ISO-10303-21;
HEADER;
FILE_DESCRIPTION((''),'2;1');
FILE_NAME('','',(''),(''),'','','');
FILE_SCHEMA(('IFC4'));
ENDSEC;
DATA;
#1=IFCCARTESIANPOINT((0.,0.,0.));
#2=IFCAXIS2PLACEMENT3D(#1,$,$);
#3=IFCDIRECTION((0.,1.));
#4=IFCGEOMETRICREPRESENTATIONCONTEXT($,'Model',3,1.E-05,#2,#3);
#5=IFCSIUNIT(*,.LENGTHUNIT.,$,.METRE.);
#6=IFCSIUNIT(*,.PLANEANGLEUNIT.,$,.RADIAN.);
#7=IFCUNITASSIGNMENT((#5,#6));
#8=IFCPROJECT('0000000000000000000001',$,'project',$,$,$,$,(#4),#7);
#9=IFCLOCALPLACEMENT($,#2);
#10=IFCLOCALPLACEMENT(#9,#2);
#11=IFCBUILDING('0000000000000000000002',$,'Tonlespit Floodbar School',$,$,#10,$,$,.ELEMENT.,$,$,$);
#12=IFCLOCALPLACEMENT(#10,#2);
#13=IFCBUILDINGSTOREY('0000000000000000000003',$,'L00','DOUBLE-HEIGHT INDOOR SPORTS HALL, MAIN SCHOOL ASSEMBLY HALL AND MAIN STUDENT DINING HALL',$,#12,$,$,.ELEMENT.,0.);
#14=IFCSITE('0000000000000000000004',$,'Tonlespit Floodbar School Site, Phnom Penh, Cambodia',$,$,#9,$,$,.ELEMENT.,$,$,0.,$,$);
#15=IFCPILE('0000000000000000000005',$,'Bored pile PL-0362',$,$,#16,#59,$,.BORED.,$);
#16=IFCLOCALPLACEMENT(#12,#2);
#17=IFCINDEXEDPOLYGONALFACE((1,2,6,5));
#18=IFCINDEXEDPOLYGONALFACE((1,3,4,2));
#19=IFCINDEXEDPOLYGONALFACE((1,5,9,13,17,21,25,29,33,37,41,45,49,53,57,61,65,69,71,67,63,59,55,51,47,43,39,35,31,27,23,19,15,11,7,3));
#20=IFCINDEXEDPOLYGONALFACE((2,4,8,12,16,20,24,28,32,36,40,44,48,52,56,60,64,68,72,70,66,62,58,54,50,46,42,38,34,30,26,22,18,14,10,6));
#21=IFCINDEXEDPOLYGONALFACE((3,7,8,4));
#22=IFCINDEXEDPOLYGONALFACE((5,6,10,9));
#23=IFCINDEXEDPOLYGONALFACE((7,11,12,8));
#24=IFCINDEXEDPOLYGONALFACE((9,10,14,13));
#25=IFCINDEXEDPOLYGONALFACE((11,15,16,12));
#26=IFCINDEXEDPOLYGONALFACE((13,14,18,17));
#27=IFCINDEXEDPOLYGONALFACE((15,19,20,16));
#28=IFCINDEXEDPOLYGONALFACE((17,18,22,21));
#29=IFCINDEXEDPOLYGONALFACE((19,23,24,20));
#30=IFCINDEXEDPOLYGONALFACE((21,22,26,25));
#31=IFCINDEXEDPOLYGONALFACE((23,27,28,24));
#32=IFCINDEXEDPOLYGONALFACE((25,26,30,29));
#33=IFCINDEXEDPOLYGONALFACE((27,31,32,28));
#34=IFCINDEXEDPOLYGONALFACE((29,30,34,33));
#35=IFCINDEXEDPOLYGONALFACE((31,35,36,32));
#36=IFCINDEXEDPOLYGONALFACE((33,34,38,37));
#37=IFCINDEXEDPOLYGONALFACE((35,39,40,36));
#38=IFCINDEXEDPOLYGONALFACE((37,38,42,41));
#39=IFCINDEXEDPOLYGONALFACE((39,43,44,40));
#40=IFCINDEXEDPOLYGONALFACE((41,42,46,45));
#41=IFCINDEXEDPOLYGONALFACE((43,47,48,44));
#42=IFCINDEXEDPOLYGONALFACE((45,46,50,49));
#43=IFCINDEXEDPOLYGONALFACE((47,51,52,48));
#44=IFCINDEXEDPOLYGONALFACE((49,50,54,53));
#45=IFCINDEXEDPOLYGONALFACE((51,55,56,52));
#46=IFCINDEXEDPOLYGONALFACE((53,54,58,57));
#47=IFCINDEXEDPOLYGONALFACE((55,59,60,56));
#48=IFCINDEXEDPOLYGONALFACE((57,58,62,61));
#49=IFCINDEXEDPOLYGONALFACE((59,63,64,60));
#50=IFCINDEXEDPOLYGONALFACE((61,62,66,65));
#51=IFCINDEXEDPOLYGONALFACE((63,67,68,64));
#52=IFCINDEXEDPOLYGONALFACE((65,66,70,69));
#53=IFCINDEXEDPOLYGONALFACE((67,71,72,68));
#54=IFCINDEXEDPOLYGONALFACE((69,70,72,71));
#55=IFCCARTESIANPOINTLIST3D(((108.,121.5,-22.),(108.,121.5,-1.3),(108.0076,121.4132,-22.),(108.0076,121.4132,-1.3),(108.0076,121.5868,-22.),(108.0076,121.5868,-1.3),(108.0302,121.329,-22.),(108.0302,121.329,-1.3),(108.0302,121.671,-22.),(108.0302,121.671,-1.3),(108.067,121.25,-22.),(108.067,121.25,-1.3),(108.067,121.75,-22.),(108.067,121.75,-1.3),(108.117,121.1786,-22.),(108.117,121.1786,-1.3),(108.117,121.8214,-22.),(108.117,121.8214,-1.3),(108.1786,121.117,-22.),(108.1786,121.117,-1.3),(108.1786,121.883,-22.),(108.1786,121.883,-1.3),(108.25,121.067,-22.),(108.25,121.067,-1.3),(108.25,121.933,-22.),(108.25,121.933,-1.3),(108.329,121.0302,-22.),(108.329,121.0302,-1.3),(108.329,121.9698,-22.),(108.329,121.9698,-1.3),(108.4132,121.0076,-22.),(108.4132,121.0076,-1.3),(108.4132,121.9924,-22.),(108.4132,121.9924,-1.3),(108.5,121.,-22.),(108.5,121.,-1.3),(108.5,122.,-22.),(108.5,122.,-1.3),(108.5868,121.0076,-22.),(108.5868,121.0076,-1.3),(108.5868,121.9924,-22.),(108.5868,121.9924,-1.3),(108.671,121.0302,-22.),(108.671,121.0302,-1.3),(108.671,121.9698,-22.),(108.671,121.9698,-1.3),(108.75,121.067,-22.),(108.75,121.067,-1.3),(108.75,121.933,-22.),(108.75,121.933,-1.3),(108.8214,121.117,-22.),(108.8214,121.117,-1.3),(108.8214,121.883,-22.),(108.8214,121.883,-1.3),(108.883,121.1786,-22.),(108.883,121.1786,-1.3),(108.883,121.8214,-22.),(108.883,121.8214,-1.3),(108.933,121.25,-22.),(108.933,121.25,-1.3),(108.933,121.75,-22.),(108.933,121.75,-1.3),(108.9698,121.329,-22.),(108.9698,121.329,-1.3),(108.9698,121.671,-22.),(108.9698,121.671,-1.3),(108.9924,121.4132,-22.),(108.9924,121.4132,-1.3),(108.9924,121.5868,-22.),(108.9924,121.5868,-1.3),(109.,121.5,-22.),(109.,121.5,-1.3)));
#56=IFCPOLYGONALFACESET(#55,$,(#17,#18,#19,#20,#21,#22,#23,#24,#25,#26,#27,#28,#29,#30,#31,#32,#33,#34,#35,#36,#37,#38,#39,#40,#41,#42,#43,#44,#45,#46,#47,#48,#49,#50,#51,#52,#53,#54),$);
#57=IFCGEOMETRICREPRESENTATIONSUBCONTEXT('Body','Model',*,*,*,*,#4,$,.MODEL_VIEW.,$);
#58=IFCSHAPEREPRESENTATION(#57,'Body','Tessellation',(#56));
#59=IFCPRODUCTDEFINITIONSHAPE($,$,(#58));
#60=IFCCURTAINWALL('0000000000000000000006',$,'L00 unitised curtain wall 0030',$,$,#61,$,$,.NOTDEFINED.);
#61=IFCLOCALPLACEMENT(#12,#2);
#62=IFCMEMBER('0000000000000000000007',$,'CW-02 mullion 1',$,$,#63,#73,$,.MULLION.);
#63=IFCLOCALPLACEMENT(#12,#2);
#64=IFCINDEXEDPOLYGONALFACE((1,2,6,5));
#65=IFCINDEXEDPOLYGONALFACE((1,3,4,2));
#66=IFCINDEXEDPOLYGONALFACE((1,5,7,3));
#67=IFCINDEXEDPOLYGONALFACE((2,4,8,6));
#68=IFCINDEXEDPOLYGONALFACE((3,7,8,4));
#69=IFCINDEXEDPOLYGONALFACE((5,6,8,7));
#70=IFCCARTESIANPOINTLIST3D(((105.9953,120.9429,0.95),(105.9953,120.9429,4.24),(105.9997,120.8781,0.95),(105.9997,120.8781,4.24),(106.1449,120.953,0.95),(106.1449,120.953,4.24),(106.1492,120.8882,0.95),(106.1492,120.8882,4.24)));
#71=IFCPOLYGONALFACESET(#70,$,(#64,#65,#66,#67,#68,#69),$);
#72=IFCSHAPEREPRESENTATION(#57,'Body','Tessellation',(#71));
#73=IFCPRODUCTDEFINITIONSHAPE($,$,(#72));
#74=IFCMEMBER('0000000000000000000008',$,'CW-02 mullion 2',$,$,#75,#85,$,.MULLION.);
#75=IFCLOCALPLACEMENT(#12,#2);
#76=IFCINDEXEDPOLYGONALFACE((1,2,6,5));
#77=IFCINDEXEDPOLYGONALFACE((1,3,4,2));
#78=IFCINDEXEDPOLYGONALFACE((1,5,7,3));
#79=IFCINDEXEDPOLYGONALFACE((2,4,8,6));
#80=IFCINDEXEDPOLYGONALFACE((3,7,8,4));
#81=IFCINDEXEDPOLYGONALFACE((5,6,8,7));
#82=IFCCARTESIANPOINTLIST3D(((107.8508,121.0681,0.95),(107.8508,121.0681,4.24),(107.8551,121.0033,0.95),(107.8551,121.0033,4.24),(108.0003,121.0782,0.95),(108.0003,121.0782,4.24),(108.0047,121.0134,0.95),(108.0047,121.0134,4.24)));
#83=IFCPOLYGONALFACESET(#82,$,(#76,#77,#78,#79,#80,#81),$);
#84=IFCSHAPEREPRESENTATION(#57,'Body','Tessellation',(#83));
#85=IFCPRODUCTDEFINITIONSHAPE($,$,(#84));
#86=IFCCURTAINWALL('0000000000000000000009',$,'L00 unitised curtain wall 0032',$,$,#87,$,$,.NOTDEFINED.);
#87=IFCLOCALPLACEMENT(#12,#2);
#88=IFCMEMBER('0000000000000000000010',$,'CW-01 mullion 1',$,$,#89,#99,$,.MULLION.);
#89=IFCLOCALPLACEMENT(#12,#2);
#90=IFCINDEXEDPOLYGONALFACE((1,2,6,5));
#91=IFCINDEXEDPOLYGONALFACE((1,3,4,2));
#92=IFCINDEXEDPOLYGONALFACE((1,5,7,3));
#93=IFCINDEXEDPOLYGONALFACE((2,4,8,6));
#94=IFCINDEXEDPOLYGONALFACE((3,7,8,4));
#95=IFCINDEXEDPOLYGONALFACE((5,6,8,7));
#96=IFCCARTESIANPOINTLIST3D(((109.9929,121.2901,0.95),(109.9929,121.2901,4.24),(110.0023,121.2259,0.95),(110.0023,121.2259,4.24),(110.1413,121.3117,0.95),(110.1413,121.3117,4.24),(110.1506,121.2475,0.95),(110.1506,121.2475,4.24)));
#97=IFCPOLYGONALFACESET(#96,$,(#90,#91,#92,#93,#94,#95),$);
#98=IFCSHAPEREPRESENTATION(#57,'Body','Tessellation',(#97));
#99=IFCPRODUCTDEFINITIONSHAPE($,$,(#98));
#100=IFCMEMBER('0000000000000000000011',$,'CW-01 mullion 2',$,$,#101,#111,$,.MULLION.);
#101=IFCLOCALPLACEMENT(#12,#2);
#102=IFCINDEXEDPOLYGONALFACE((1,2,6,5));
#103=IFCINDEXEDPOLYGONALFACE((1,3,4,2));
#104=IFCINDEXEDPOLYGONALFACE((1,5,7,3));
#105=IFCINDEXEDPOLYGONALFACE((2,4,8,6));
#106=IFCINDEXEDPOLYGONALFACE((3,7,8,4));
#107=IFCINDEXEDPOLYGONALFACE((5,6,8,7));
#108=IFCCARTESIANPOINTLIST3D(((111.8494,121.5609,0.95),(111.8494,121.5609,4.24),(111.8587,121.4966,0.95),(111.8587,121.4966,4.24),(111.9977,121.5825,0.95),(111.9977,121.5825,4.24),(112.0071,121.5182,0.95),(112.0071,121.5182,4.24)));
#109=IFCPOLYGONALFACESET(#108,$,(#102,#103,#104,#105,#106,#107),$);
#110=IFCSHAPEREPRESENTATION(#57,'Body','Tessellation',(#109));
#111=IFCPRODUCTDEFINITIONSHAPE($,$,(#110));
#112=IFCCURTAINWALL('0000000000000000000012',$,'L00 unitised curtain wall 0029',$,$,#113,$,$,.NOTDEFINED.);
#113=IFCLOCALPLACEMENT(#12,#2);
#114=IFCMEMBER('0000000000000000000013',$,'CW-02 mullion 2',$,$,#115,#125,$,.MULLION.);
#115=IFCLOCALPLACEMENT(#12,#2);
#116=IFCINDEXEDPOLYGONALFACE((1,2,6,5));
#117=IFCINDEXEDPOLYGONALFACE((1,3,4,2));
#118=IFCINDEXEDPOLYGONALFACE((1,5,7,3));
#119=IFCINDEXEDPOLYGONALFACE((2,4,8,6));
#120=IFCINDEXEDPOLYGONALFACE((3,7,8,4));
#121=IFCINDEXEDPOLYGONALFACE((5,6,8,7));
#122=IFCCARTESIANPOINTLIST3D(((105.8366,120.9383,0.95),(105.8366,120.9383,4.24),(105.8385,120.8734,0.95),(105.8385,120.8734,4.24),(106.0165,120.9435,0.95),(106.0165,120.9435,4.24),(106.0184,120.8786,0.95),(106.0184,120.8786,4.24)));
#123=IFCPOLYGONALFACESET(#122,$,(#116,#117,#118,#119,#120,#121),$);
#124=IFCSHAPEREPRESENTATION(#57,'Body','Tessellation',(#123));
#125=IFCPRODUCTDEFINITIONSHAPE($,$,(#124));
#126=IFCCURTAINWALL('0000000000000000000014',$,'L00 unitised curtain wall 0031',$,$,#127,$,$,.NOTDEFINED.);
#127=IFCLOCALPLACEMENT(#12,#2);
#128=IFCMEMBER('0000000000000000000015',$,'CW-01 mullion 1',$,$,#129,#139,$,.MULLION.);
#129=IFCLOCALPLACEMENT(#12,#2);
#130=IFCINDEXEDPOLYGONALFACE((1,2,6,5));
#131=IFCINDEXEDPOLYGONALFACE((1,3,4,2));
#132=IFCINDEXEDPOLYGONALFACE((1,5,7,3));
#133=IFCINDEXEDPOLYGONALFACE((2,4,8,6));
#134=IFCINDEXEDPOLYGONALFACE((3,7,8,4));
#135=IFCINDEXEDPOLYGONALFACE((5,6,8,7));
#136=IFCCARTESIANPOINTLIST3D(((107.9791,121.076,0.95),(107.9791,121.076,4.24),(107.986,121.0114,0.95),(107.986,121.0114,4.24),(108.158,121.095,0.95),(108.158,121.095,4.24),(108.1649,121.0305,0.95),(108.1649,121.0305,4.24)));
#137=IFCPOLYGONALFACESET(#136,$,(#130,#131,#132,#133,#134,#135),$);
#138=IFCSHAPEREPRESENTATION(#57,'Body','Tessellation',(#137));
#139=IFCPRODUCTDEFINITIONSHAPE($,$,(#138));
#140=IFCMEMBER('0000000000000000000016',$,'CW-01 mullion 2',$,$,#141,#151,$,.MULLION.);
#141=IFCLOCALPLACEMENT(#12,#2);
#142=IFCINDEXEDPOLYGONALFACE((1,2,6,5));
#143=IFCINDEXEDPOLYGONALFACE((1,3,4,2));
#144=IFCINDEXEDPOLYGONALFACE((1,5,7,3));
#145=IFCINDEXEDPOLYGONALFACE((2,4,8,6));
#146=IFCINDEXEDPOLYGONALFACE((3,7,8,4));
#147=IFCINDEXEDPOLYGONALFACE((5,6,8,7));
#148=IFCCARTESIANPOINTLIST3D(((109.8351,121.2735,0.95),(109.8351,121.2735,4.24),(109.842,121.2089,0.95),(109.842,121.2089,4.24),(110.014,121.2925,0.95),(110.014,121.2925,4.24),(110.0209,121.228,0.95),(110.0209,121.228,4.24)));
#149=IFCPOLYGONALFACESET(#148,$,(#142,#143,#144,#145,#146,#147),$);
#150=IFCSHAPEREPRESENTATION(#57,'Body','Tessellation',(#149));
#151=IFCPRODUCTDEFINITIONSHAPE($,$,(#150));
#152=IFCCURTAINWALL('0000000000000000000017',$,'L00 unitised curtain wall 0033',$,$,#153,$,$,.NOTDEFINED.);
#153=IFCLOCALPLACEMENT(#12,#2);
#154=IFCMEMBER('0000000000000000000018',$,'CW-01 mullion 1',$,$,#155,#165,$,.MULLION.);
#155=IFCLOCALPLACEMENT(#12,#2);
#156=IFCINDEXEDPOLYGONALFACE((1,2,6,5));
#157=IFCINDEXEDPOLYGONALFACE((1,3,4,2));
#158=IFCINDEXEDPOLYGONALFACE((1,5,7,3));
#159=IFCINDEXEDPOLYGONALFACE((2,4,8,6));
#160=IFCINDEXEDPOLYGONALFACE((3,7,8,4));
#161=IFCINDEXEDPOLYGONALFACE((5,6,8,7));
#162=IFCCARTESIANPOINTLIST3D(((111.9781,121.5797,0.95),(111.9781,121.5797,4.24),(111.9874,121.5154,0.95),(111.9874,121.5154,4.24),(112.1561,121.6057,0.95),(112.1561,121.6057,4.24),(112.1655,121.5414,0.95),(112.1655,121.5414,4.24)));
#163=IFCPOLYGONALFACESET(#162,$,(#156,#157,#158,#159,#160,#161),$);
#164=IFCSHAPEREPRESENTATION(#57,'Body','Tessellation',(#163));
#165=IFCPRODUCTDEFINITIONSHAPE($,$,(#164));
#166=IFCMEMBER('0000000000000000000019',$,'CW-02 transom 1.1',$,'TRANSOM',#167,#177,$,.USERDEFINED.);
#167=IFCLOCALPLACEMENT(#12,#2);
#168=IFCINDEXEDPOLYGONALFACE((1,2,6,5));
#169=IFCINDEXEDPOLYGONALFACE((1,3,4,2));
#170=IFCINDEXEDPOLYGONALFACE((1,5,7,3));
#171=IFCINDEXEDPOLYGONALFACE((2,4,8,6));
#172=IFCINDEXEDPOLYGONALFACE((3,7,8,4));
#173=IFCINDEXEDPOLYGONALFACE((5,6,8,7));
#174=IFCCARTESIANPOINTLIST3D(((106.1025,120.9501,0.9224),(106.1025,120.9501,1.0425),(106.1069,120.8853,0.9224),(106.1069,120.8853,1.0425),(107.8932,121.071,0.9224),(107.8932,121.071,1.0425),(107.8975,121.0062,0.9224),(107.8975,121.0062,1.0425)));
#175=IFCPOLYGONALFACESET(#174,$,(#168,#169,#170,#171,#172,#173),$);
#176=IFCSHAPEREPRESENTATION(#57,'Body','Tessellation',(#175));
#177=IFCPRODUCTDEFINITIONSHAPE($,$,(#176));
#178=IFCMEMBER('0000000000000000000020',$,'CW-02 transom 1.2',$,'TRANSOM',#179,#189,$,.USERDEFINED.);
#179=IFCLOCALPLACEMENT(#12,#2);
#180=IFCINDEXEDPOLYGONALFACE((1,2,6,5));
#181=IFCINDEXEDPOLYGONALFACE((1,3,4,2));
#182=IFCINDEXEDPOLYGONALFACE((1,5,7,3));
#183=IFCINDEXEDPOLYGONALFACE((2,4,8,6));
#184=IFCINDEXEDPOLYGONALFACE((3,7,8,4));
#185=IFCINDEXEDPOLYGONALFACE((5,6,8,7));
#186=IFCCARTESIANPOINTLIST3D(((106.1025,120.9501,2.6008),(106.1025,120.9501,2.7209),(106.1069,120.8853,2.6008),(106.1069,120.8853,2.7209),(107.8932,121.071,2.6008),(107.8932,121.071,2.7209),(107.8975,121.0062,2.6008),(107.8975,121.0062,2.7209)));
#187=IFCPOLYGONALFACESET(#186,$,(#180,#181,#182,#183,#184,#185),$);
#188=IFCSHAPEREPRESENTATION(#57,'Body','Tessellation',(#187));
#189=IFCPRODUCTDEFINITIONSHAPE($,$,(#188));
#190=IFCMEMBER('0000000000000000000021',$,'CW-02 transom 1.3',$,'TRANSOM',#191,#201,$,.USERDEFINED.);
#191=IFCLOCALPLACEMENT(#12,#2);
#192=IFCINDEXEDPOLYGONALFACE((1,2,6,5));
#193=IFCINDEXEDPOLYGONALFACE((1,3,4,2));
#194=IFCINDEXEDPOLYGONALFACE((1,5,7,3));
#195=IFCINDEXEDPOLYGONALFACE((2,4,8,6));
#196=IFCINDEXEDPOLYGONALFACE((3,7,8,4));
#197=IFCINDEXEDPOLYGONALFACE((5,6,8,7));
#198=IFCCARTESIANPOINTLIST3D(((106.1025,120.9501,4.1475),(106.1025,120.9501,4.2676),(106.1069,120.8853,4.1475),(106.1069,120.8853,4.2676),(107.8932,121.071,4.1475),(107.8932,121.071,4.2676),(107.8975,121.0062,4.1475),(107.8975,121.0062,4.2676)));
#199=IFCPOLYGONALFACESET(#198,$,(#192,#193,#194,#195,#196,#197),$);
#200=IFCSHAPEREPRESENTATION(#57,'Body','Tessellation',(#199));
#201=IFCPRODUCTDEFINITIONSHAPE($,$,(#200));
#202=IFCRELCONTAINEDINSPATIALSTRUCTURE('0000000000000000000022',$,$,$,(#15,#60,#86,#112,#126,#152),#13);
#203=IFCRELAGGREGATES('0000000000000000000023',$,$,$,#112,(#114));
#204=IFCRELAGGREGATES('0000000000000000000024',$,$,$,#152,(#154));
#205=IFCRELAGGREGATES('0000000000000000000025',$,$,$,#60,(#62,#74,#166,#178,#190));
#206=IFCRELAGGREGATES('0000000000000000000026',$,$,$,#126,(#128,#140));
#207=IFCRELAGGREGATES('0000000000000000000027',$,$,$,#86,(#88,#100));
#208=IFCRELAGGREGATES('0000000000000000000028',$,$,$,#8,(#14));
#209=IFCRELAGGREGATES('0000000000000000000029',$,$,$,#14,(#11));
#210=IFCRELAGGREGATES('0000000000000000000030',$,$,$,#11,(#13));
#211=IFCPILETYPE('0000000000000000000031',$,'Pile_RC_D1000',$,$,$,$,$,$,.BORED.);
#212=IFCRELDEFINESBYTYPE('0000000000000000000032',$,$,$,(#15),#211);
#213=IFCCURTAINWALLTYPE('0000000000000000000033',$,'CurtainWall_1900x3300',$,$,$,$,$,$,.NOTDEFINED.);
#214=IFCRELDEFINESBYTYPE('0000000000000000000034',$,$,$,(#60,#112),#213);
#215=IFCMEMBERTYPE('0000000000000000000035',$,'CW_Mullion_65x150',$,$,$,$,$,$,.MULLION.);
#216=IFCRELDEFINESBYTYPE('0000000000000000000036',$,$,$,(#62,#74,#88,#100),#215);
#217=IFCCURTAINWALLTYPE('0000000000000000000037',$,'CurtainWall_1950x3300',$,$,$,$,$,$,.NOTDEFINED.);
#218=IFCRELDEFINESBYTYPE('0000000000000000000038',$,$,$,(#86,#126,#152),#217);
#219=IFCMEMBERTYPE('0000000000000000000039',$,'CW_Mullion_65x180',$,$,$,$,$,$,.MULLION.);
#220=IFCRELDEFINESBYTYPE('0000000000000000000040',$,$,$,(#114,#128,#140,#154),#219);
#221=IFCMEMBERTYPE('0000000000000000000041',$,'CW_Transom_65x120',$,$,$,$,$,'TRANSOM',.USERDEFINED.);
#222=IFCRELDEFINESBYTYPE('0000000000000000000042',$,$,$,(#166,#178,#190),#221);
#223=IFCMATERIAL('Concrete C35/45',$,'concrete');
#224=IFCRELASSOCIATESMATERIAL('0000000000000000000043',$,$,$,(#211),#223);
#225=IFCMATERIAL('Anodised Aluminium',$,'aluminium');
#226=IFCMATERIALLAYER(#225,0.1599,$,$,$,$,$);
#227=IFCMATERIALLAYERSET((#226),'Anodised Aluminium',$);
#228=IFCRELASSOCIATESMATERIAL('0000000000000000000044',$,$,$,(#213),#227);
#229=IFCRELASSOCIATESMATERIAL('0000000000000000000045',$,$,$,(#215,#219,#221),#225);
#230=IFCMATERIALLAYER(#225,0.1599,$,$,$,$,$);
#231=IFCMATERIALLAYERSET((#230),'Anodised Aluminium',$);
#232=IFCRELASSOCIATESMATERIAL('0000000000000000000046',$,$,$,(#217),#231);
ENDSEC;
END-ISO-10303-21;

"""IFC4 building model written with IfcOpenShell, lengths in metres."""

from ifc_helpers import new_model, si_unit, direction, frame, origin, origin_2d, place, context, subcontext, project, spatial, rectangle, circle, extrude, material, layer, layer_set, material_profile, profile_set, type_object, element, aggregate, save


model = new_model("IFC4")

# Units and contexts
model_context = context("Model", 3, precision=1e-05, world=origin(), true_north=direction((0.0, 1.0)))
body_context = subcontext(model_context, "Body", "Model", "MODEL_VIEW")
ifc_project = project(units=[si_unit("LENGTHUNIT", "METRE"), si_unit("PLANEANGLEUNIT", "RADIAN")], contexts=[model_context])

# Site, building, storey
site_placement = place(None, origin())
site = spatial("IfcSite", under=ifc_project, at=site_placement, Name="Tonlespit Floodbar School Site, Phnom Penh, Cambodia", CompositionType="ELEMENT", RefElevation=0.0)
building_placement = place(site_placement, origin())
building = spatial("IfcBuilding", under=site, at=building_placement, Name="Tonlespit Floodbar School", CompositionType="ELEMENT")
storey_placement = place(building_placement, origin())
storey = spatial("IfcBuildingStorey", under=building, at=storey_placement, Name="L00", Description="DOUBLE-HEIGHT INDOOR SPORTS HALL, MAIN SCHOOL ASSEMBLY HALL AND MAIN STUDENT DINING HALL", CompositionType="ELEMENT", Elevation=0.0)

# Pile
ifc_material_1 = material(Name="Concrete C35/45", Category="concrete")
ifc_material_profile_1 = material_profile(ifc_material_1, circle(Radius=0.5, at=origin_2d()), Name="BP D1000")
ifc_profile_set_1 = profile_set([ifc_material_profile_1], Name="Concrete C35/45")
pile_type = type_object("IfcPileType", Name="Pile_RC_D1000", PredefinedType="BORED", material=ifc_profile_set_1)
pile_placement = place(storey_placement, frame((108.5, 121.5, -1.3), z_axis=(0.0, 0.0, -1.0), x_axis=(1.0, 0.0, 0.0)))
element("IfcPile", 1, at=pile_placement, inside=storey, type_object=pile_type, Name="Bored pile PL-0362", PredefinedType="BORED", context=body_context, shape_type="SweptSolid", body=[
    extrude(circle(Radius=0.5, at=origin_2d()), origin(), (0.0, 0.0, 1.0), 20.7),
])

# Curtain walls, members
ifc_material_2 = material(Name="Anodised Aluminium", Category="aluminium")
ifc_layer_1 = layer(ifc_material_2, 0.1599)
ifc_layer_set_1 = layer_set([ifc_layer_1], Name="Anodised Aluminium")
curtain_wall_type_1 = type_object("IfcCurtainWallType", Name="CurtainWall_1900x3300", PredefinedType="NOTDEFINED", material=ifc_layer_set_1)
curtain_wall_1_placement = place(storey_placement, origin())
curtain_wall_1 = element("IfcCurtainWall", 2, at=curtain_wall_1_placement, inside=storey, type_object=curtain_wall_type_1, Name="L00 unitised curtain wall 0030", PredefinedType="NOTDEFINED")
ifc_material_profile_2 = material_profile(ifc_material_2, rectangle(XDim=0.0649, YDim=0.1499, at=origin_2d()), Name="ALU M65x150")
ifc_profile_set_2 = profile_set([ifc_material_profile_2], Name="Anodised Aluminium")
member_type_1 = type_object("IfcMemberType", Name="CW_Mullion_65x150", PredefinedType="MULLION", material=ifc_profile_set_2)
member_1_placement = place(storey_placement, frame((106.0723, 120.9155, 0.95), z_axis=(0.0, 0.0, 1.0), x_axis=(-0.06734, 0.99773, 0.0)))
member_1 = element("IfcMember", 3, at=member_1_placement, type_object=member_type_1, Name="CW-02 mullion 1", PredefinedType="MULLION", context=body_context, shape_type="SweptSolid", body=[
    extrude(rectangle(XDim=0.0649, YDim=0.1499, at=origin_2d()), origin(), (0.0, 0.0, 1.0), 3.29),
])
member_2_placement = place(storey_placement, frame((107.9277, 121.0408, 0.95), z_axis=(0.0, 0.0, 1.0), x_axis=(-0.06734, 0.99773, 0.0)))
member_2 = element("IfcMember", 4, at=member_2_placement, type_object=member_type_1, Name="CW-02 mullion 2", PredefinedType="MULLION", context=body_context, shape_type="SweptSolid", body=[
    extrude(rectangle(XDim=0.0649, YDim=0.1499, at=origin_2d()), origin(), (0.0, 0.0, 1.0), 3.29),
])
ifc_layer_2 = layer(ifc_material_2, 0.1599)
ifc_layer_set_2 = layer_set([ifc_layer_2], Name="Anodised Aluminium")
curtain_wall_type_2 = type_object("IfcCurtainWallType", Name="CurtainWall_1950x3300", PredefinedType="NOTDEFINED", material=ifc_layer_set_2)
curtain_wall_2_placement = place(storey_placement, origin())
curtain_wall_2 = element("IfcCurtainWall", 5, at=curtain_wall_2_placement, inside=storey, type_object=curtain_wall_type_2, Name="L00 unitised curtain wall 0032", PredefinedType="NOTDEFINED")
member_3_placement = place(storey_placement, frame((110.0718, 121.2688, 0.95), z_axis=(0.0, 0.0, 1.0), x_axis=(-0.144248, 0.989542, 0.0)))
member_3 = element("IfcMember", 6, at=member_3_placement, type_object=member_type_1, Name="CW-01 mullion 1", PredefinedType="MULLION", context=body_context, shape_type="SweptSolid", body=[
    extrude(rectangle(XDim=0.0649, YDim=0.1499, at=origin_2d()), origin(), (0.0, 0.0, 1.0), 3.29),
])
member_4_placement = place(storey_placement, frame((111.9282, 121.5396, 0.95), z_axis=(0.0, 0.0, 1.0), x_axis=(-0.144248, 0.989542, 0.0)))
member_4 = element("IfcMember", 7, at=member_4_placement, type_object=member_type_1, Name="CW-01 mullion 2", PredefinedType="MULLION", context=body_context, shape_type="SweptSolid", body=[
    extrude(rectangle(XDim=0.0649, YDim=0.1499, at=origin_2d()), origin(), (0.0, 0.0, 1.0), 3.29),
])

# Curtain wall, member
curtain_wall_3_placement = place(storey_placement, origin())
curtain_wall_3 = element("IfcCurtainWall", 8, at=curtain_wall_3_placement, inside=storey, type_object=curtain_wall_type_1, Name="L00 unitised curtain wall 0029", PredefinedType="NOTDEFINED")
ifc_material_profile_3 = material_profile(ifc_material_2, rectangle(XDim=0.0649, YDim=0.1799, at=origin_2d()), Name="ALU M65x180")
ifc_profile_set_3 = profile_set([ifc_material_profile_3], Name="Anodised Aluminium")
member_type_2 = type_object("IfcMemberType", Name="CW_Mullion_65x180", PredefinedType="MULLION", material=ifc_profile_set_3)
member_5_placement = place(storey_placement, frame((105.9275, 120.9084, 0.95), z_axis=(0.0, 0.0, 1.0), x_axis=(-0.02879, 0.999585, 0.0)))
member_5 = element("IfcMember", 9, at=member_5_placement, type_object=member_type_2, Name="CW-02 mullion 2", PredefinedType="MULLION", context=body_context, shape_type="SweptSolid", body=[
    extrude(rectangle(XDim=0.0649, YDim=0.1799, at=origin_2d()), origin(), (0.0, 0.0, 1.0), 3.29),
])
aggregate(curtain_wall_3, [member_5])

# Curtain wall, members
curtain_wall_4_placement = place(storey_placement, origin())
curtain_wall_4 = element("IfcCurtainWall", 10, at=curtain_wall_4_placement, inside=storey, type_object=curtain_wall_type_2, Name="L00 unitised curtain wall 0031", PredefinedType="NOTDEFINED")
member_6_placement = place(storey_placement, frame((108.072, 121.0532, 0.95), z_axis=(0.0, 0.0, 1.0), x_axis=(-0.105787, 0.994389, 0.0)))
member_6 = element("IfcMember", 11, at=member_6_placement, type_object=member_type_2, Name="CW-01 mullion 1", PredefinedType="MULLION", context=body_context, shape_type="SweptSolid", body=[
    extrude(rectangle(XDim=0.0649, YDim=0.1799, at=origin_2d()), origin(), (0.0, 0.0, 1.0), 3.29),
])
member_7_placement = place(storey_placement, frame((109.928, 121.2507, 0.95), z_axis=(0.0, 0.0, 1.0), x_axis=(-0.105787, 0.994389, 0.0)))
member_7 = element("IfcMember", 12, at=member_7_placement, type_object=member_type_2, Name="CW-01 mullion 2", PredefinedType="MULLION", context=body_context, shape_type="SweptSolid", body=[
    extrude(rectangle(XDim=0.0649, YDim=0.1799, at=origin_2d()), origin(), (0.0, 0.0, 1.0), 3.29),
])

# Curtain wall, member
curtain_wall_5_placement = place(storey_placement, origin())
curtain_wall_5 = element("IfcCurtainWall", 13, at=curtain_wall_5_placement, inside=storey, type_object=curtain_wall_type_2, Name="L00 unitised curtain wall 0033", PredefinedType="NOTDEFINED")
member_8_placement = place(storey_placement, frame((112.0718, 121.5605, 0.95), z_axis=(0.0, 0.0, 1.0), x_axis=(-0.144248, 0.989542, 0.0)))
member_8 = element("IfcMember", 14, at=member_8_placement, type_object=member_type_2, Name="CW-01 mullion 1", PredefinedType="MULLION", context=body_context, shape_type="SweptSolid", body=[
    extrude(rectangle(XDim=0.0649, YDim=0.1799, at=origin_2d()), origin(), (0.0, 0.0, 1.0), 3.29),
])
aggregate(curtain_wall_5, [member_8])

# Members
ifc_material_profile_4 = material_profile(ifc_material_2, rectangle(XDim=0.0649, YDim=0.1201, at=origin_2d()), Name="ALU T65x120")
ifc_profile_set_4 = profile_set([ifc_material_profile_4], Name="Anodised Aluminium")
member_type_3 = type_object("IfcMemberType", Name="CW_Transom_65x120", ElementType="TRANSOM", PredefinedType="USERDEFINED", material=ifc_profile_set_4)
member_9_placement = place(storey_placement, frame((106.1047, 120.9177, 0.9824), z_axis=(0.99773, 0.067341, 0.0), x_axis=(-0.067341, 0.99773, 0.0)))
member_9 = element("IfcMember", 15, at=member_9_placement, type_object=member_type_3, Name="CW-02 transom 1.1", ObjectType="TRANSOM", PredefinedType="USERDEFINED", context=body_context, shape_type="SweptSolid", body=[
    extrude(rectangle(XDim=0.0649, YDim=0.1201, at=origin_2d()), origin(), (0.0, 0.0, 1.0), 1.7947),
])
member_10_placement = place(storey_placement, frame((106.1047, 120.9177, 2.6609), z_axis=(0.99773, 0.067341, 0.0), x_axis=(-0.067341, 0.99773, 0.0)))
member_10 = element("IfcMember", 16, at=member_10_placement, type_object=member_type_3, Name="CW-02 transom 1.2", ObjectType="TRANSOM", PredefinedType="USERDEFINED", context=body_context, shape_type="SweptSolid", body=[
    extrude(rectangle(XDim=0.0649, YDim=0.1201, at=origin_2d()), origin(), (0.0, 0.0, 1.0), 1.7947),
])
member_11_placement = place(storey_placement, frame((106.1047, 120.9177, 4.2075), z_axis=(0.99773, 0.067341, 0.0), x_axis=(-0.067341, 0.99773, 0.0)))
member_11 = element("IfcMember", 17, at=member_11_placement, type_object=member_type_3, Name="CW-02 transom 1.3", ObjectType="TRANSOM", PredefinedType="USERDEFINED", context=body_context, shape_type="SweptSolid", body=[
    extrude(rectangle(XDim=0.0649, YDim=0.1201, at=origin_2d()), origin(), (0.0, 0.0, 1.0), 1.7947),
])

aggregate(curtain_wall_1, [member_1, member_2, member_9, member_10, member_11])
aggregate(curtain_wall_4, [member_6, member_7])
aggregate(curtain_wall_2, [member_3, member_4])

save(model, "model.ifc")
